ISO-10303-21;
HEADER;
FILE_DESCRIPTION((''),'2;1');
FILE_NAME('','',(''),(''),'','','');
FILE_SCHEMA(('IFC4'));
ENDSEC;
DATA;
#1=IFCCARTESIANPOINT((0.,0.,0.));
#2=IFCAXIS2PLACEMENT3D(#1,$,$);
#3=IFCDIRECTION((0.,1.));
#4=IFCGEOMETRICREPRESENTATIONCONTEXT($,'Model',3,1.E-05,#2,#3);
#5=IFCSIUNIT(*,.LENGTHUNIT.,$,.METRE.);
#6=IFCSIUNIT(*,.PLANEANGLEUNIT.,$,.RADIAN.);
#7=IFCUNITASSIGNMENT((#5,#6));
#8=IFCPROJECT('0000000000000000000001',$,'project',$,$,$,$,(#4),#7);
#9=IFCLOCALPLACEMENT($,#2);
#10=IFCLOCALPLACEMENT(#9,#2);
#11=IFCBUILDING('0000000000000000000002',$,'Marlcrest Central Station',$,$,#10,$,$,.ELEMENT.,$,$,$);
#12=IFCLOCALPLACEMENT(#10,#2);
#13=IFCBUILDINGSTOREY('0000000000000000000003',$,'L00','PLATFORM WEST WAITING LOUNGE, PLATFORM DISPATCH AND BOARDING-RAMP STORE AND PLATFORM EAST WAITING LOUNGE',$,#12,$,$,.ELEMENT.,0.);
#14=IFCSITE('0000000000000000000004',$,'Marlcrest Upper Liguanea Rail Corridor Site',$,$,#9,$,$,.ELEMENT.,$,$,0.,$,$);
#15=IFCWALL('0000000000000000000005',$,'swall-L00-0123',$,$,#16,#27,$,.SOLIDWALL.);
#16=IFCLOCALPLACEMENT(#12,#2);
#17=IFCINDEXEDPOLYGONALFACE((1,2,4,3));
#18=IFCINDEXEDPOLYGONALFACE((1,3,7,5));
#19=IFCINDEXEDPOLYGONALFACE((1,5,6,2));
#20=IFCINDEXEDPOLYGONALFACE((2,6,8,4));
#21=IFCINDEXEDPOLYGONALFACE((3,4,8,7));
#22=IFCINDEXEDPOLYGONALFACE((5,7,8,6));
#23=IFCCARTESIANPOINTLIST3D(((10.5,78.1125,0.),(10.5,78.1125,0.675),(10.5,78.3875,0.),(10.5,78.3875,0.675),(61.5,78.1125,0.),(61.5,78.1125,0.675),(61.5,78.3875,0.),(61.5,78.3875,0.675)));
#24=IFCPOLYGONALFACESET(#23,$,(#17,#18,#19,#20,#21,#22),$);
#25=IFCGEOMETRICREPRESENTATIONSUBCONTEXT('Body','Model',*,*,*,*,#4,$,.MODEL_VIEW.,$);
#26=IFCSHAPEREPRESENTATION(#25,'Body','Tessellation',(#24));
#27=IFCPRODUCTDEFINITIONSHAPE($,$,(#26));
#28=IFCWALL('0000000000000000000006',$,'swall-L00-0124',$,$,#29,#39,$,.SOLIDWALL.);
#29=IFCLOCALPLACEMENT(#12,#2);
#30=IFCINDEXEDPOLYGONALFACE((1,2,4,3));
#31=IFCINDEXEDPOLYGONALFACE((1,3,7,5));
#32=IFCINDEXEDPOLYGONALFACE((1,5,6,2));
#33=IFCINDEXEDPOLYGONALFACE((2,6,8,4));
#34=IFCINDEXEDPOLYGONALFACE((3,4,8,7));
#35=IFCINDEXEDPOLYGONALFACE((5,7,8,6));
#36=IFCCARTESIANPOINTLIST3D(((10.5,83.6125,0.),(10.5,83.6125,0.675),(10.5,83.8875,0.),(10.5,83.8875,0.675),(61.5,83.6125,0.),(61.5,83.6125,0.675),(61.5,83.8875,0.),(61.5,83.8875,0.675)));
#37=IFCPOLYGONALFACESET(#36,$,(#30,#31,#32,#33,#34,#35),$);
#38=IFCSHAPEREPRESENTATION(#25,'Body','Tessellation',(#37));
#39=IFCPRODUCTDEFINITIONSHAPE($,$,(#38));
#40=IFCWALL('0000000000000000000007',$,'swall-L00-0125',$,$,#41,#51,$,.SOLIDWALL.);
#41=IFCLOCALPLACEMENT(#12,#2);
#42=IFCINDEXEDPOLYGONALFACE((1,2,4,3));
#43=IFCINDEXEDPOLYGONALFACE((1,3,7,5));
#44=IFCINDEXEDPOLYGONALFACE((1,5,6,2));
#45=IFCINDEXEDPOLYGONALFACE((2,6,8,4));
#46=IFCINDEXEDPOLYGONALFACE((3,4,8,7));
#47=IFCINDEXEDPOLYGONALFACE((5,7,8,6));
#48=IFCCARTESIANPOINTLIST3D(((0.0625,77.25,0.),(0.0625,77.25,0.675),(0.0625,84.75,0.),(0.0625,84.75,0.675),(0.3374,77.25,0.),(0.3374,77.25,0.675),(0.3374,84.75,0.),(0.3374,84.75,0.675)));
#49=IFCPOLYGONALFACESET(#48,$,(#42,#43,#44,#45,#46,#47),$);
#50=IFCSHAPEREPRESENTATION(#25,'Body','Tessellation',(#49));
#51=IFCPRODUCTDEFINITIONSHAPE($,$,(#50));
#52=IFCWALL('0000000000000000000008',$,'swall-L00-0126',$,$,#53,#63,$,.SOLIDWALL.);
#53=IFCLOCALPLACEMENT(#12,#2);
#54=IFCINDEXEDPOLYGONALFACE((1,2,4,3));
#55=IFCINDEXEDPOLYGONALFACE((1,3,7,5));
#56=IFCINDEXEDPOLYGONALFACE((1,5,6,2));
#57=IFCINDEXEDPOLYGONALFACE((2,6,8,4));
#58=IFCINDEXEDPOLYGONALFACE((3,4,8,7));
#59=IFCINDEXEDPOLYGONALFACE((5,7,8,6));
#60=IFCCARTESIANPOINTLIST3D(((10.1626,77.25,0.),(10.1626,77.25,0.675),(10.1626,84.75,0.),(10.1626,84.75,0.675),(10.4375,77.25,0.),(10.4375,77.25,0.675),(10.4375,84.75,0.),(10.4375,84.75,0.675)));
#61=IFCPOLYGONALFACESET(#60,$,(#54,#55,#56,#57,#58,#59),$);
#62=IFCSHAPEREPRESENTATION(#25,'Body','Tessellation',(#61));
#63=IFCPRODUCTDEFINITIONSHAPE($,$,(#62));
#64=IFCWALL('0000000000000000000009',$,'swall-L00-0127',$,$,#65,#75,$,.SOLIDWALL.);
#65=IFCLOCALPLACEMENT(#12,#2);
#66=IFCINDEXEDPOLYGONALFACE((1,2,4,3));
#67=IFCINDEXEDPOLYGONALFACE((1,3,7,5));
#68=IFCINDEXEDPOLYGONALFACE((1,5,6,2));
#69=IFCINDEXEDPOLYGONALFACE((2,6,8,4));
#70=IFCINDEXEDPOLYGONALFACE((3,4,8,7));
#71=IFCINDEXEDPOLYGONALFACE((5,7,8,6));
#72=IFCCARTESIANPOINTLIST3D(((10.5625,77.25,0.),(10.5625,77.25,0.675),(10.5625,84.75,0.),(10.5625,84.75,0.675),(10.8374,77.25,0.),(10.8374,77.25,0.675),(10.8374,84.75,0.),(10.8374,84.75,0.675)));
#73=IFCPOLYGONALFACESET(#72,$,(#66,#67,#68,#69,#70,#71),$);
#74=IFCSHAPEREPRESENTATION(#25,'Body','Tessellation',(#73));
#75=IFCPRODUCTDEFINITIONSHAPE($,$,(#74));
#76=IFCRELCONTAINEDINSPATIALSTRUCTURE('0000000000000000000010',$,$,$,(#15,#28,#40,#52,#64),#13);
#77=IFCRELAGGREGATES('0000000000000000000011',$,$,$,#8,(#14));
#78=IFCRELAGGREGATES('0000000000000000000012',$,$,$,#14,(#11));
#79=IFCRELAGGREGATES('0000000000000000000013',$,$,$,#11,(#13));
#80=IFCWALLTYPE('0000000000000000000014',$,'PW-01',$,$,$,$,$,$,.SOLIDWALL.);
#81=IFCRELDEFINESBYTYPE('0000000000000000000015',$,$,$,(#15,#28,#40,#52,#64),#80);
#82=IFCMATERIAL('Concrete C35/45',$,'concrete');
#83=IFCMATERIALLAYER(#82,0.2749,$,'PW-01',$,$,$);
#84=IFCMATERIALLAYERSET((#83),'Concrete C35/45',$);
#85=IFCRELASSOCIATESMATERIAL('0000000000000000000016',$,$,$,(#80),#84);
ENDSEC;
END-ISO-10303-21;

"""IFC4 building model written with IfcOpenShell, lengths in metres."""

from ifc_helpers import new_model, si_unit, direction, frame, frame_2d, origin, place, context, subcontext, project, spatial, rectangle, extrude, material, layer, layer_set, type_object, element, save


model = new_model("IFC4")

# Units and contexts
model_context = context("Model", 3, precision=1e-05, world=origin(), true_north=direction((0.0, 1.0)))
body_context = subcontext(model_context, "Body", "Model", "MODEL_VIEW")
ifc_project = project(units=[si_unit("LENGTHUNIT", "METRE"), si_unit("PLANEANGLEUNIT", "RADIAN")], contexts=[model_context])

# Site, building, storey
site_placement = place(None, origin())
site = spatial("IfcSite", under=ifc_project, at=site_placement, Name="Marlcrest Upper Liguanea Rail Corridor Site", CompositionType="ELEMENT", RefElevation=0.0)
building_placement = place(site_placement, origin())
building = spatial("IfcBuilding", under=site, at=building_placement, Name="Marlcrest Central Station", CompositionType="ELEMENT")
storey_placement = place(building_placement, origin())
storey = spatial("IfcBuildingStorey", under=building, at=storey_placement, Name="L00", Description="PLATFORM WEST WAITING LOUNGE, PLATFORM DISPATCH AND BOARDING-RAMP STORE AND PLATFORM EAST WAITING LOUNGE", CompositionType="ELEMENT", Elevation=0.0)

# Shared definitions
ifc_material_1 = material(Name="Concrete C35/45", Category="concrete")

# Walls
ifc_layer_1 = layer(ifc_material_1, 0.2749, Name="PW-01")
ifc_layer_set_1 = layer_set([ifc_layer_1], Name="Concrete C35/45")
wall_type_1 = type_object("IfcWallType", Name="PW-01", PredefinedType="SOLIDWALL", material=ifc_layer_set_1)
for number, where, z_axis, x_axis, name in (
    (1, (10.5, 78.25, 0.0), (0.0, 0.0, 1.0), (1.0, 0.0, 0.0), "swall-L00-0123"),
    (2, (10.5, 83.75, 0.0), (0.0, 0.0, 1.0), (1.0, 0.0, 0.0), "swall-L00-0124"),
):
    element("IfcWall", number, at=place(storey_placement, frame(where, z_axis=z_axis, x_axis=x_axis)), inside=storey, type_object=wall_type_1, Name=name, PredefinedType="SOLIDWALL", context=body_context, shape_type="SweptSolid", body=[
        extrude(rectangle(XDim=51.0, YDim=0.2749, at=frame_2d((25.5, 0.0))), origin(), (0.0, 0.0, 1.0), 0.675),
    ])
for number, where, z_axis, x_axis, name in (
    (3, (0.2, 77.25, 0.0), (0.0, 0.0, 1.0), (0.0, 1.0, 0.0), "swall-L00-0125"),
    (4, (10.3, 77.25, 0.0), (0.0, 0.0, 1.0), (0.0, 1.0, 0.0), "swall-L00-0126"),
    (5, (10.7, 77.25, 0.0), (0.0, 0.0, 1.0), (0.0, 1.0, 0.0), "swall-L00-0127"),
):
    element("IfcWall", number, at=place(storey_placement, frame(where, z_axis=z_axis, x_axis=x_axis)), inside=storey, type_object=wall_type_1, Name=name, PredefinedType="SOLIDWALL", context=body_context, shape_type="SweptSolid", body=[
        extrude(rectangle(XDim=7.5, YDim=0.2749, at=frame_2d((3.75, 0.0))), origin(), (0.0, 0.0, 1.0), 0.675),
    ])

save(model, "model.ifc")
